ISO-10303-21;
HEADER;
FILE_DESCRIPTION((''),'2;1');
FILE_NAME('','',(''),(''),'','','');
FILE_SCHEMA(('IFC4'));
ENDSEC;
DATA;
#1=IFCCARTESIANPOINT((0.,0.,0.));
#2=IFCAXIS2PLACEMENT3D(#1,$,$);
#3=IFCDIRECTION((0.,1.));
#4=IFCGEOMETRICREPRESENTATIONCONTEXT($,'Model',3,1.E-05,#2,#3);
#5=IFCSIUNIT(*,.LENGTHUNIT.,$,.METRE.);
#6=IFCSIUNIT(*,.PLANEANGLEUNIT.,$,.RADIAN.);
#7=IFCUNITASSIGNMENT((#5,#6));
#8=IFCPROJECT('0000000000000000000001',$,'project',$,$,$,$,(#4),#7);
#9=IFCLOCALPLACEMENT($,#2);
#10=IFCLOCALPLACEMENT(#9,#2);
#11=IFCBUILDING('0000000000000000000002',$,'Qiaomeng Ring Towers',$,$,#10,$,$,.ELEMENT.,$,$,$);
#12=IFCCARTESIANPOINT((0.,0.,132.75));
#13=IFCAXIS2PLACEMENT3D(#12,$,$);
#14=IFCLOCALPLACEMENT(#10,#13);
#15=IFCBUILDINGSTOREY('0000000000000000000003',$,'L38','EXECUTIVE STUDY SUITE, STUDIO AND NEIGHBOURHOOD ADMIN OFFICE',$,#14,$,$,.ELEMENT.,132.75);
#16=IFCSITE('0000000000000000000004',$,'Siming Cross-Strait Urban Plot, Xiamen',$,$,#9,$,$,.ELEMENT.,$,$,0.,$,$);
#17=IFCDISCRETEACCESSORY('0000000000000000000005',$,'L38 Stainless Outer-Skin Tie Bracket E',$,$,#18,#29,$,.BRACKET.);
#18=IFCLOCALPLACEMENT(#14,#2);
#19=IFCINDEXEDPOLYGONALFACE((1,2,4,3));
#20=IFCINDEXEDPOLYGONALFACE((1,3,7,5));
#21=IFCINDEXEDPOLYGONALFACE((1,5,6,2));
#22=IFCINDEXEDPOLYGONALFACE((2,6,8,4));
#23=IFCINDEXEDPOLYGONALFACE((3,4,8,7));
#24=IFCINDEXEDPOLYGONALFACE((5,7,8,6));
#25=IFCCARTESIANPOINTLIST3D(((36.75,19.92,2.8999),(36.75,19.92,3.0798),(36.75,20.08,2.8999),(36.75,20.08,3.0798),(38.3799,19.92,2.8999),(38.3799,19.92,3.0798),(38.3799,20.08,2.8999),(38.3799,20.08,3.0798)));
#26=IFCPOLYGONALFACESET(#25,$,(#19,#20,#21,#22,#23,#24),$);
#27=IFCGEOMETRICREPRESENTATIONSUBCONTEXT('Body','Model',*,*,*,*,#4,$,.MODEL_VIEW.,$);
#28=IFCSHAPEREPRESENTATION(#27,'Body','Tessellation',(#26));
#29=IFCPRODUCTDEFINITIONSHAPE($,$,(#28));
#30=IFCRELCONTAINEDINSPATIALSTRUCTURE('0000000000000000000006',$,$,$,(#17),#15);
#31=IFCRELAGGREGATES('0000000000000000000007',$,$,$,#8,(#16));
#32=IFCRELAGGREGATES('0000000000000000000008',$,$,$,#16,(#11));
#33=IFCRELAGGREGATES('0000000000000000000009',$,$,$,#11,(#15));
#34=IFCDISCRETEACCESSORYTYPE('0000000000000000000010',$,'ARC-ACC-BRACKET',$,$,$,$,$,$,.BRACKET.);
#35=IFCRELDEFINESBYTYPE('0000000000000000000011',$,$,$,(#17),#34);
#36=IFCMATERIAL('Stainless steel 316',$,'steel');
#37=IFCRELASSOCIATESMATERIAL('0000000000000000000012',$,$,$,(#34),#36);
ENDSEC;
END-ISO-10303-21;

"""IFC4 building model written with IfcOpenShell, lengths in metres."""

from ifc_helpers import new_model, si_unit, direction, frame, origin, origin_2d, place, context, subcontext, project, spatial, rectangle, extrude, source, transform, mapped, material, type_object, element, save


model = new_model("IFC4")

# Units and contexts
model_context = context("Model", 3, precision=1e-05, world=origin(), true_north=direction((0.0, 1.0)))
body_context = subcontext(model_context, "Body", "Model", "MODEL_VIEW")
ifc_project = project(units=[si_unit("LENGTHUNIT", "METRE"), si_unit("PLANEANGLEUNIT", "RADIAN")], contexts=[model_context])

# Site, building, storey
site_placement = place(None, origin())
site = spatial("IfcSite", under=ifc_project, at=site_placement, Name="Siming Cross-Strait Urban Plot, Xiamen", CompositionType="ELEMENT", RefElevation=0.0)
building_placement = place(site_placement, origin())
building = spatial("IfcBuilding", under=site, at=building_placement, Name="Qiaomeng Ring Towers", CompositionType="ELEMENT")
storey_placement = place(building_placement, frame((0.0, 0.0, 132.75)))
storey = spatial("IfcBuildingStorey", under=building, at=storey_placement, Name="L38", Description="EXECUTIVE STUDY SUITE, STUDIO AND NEIGHBOURHOOD ADMIN OFFICE", CompositionType="ELEMENT", Elevation=132.75)

# Shared definitions
ifc_material_1 = material(Name="Stainless steel 316", Category="steel")

# Discrete accessory
discrete_accessory_type = type_object("IfcDiscreteAccessoryType", Name="ARC-ACC-BRACKET", PredefinedType="BRACKET", material=ifc_material_1)
shared_shape_1 = source(origin(), body_context, "Body", "SweptSolid", [
    extrude(rectangle(XDim=1.6299, YDim=0.1599, at=origin_2d()), origin(), (0.0, 0.0, 1.0), 0.1799),
])
discrete_accessory_placement = place(storey_placement, frame((37.5649, 20.0, 2.8999), z_axis=(0.0, 0.0, 1.0), x_axis=(1.0, 0.0, 0.0)))
element("IfcDiscreteAccessory", 1, at=discrete_accessory_placement, inside=storey, type_object=discrete_accessory_type, Name="L38 Stainless Outer-Skin Tie Bracket E", PredefinedType="BRACKET", context=body_context, shape_type="MappedRepresentation", body=[
    mapped(shared_shape_1, transform((0.0, 0.0, 0.0), x_axis=(1.0, 0.0, 0.0), y_axis=(0.0, 1.0, 0.0), z_axis=(0.0, 0.0, 1.0), scale=1.0)),
])

save(model, "model.ifc")
